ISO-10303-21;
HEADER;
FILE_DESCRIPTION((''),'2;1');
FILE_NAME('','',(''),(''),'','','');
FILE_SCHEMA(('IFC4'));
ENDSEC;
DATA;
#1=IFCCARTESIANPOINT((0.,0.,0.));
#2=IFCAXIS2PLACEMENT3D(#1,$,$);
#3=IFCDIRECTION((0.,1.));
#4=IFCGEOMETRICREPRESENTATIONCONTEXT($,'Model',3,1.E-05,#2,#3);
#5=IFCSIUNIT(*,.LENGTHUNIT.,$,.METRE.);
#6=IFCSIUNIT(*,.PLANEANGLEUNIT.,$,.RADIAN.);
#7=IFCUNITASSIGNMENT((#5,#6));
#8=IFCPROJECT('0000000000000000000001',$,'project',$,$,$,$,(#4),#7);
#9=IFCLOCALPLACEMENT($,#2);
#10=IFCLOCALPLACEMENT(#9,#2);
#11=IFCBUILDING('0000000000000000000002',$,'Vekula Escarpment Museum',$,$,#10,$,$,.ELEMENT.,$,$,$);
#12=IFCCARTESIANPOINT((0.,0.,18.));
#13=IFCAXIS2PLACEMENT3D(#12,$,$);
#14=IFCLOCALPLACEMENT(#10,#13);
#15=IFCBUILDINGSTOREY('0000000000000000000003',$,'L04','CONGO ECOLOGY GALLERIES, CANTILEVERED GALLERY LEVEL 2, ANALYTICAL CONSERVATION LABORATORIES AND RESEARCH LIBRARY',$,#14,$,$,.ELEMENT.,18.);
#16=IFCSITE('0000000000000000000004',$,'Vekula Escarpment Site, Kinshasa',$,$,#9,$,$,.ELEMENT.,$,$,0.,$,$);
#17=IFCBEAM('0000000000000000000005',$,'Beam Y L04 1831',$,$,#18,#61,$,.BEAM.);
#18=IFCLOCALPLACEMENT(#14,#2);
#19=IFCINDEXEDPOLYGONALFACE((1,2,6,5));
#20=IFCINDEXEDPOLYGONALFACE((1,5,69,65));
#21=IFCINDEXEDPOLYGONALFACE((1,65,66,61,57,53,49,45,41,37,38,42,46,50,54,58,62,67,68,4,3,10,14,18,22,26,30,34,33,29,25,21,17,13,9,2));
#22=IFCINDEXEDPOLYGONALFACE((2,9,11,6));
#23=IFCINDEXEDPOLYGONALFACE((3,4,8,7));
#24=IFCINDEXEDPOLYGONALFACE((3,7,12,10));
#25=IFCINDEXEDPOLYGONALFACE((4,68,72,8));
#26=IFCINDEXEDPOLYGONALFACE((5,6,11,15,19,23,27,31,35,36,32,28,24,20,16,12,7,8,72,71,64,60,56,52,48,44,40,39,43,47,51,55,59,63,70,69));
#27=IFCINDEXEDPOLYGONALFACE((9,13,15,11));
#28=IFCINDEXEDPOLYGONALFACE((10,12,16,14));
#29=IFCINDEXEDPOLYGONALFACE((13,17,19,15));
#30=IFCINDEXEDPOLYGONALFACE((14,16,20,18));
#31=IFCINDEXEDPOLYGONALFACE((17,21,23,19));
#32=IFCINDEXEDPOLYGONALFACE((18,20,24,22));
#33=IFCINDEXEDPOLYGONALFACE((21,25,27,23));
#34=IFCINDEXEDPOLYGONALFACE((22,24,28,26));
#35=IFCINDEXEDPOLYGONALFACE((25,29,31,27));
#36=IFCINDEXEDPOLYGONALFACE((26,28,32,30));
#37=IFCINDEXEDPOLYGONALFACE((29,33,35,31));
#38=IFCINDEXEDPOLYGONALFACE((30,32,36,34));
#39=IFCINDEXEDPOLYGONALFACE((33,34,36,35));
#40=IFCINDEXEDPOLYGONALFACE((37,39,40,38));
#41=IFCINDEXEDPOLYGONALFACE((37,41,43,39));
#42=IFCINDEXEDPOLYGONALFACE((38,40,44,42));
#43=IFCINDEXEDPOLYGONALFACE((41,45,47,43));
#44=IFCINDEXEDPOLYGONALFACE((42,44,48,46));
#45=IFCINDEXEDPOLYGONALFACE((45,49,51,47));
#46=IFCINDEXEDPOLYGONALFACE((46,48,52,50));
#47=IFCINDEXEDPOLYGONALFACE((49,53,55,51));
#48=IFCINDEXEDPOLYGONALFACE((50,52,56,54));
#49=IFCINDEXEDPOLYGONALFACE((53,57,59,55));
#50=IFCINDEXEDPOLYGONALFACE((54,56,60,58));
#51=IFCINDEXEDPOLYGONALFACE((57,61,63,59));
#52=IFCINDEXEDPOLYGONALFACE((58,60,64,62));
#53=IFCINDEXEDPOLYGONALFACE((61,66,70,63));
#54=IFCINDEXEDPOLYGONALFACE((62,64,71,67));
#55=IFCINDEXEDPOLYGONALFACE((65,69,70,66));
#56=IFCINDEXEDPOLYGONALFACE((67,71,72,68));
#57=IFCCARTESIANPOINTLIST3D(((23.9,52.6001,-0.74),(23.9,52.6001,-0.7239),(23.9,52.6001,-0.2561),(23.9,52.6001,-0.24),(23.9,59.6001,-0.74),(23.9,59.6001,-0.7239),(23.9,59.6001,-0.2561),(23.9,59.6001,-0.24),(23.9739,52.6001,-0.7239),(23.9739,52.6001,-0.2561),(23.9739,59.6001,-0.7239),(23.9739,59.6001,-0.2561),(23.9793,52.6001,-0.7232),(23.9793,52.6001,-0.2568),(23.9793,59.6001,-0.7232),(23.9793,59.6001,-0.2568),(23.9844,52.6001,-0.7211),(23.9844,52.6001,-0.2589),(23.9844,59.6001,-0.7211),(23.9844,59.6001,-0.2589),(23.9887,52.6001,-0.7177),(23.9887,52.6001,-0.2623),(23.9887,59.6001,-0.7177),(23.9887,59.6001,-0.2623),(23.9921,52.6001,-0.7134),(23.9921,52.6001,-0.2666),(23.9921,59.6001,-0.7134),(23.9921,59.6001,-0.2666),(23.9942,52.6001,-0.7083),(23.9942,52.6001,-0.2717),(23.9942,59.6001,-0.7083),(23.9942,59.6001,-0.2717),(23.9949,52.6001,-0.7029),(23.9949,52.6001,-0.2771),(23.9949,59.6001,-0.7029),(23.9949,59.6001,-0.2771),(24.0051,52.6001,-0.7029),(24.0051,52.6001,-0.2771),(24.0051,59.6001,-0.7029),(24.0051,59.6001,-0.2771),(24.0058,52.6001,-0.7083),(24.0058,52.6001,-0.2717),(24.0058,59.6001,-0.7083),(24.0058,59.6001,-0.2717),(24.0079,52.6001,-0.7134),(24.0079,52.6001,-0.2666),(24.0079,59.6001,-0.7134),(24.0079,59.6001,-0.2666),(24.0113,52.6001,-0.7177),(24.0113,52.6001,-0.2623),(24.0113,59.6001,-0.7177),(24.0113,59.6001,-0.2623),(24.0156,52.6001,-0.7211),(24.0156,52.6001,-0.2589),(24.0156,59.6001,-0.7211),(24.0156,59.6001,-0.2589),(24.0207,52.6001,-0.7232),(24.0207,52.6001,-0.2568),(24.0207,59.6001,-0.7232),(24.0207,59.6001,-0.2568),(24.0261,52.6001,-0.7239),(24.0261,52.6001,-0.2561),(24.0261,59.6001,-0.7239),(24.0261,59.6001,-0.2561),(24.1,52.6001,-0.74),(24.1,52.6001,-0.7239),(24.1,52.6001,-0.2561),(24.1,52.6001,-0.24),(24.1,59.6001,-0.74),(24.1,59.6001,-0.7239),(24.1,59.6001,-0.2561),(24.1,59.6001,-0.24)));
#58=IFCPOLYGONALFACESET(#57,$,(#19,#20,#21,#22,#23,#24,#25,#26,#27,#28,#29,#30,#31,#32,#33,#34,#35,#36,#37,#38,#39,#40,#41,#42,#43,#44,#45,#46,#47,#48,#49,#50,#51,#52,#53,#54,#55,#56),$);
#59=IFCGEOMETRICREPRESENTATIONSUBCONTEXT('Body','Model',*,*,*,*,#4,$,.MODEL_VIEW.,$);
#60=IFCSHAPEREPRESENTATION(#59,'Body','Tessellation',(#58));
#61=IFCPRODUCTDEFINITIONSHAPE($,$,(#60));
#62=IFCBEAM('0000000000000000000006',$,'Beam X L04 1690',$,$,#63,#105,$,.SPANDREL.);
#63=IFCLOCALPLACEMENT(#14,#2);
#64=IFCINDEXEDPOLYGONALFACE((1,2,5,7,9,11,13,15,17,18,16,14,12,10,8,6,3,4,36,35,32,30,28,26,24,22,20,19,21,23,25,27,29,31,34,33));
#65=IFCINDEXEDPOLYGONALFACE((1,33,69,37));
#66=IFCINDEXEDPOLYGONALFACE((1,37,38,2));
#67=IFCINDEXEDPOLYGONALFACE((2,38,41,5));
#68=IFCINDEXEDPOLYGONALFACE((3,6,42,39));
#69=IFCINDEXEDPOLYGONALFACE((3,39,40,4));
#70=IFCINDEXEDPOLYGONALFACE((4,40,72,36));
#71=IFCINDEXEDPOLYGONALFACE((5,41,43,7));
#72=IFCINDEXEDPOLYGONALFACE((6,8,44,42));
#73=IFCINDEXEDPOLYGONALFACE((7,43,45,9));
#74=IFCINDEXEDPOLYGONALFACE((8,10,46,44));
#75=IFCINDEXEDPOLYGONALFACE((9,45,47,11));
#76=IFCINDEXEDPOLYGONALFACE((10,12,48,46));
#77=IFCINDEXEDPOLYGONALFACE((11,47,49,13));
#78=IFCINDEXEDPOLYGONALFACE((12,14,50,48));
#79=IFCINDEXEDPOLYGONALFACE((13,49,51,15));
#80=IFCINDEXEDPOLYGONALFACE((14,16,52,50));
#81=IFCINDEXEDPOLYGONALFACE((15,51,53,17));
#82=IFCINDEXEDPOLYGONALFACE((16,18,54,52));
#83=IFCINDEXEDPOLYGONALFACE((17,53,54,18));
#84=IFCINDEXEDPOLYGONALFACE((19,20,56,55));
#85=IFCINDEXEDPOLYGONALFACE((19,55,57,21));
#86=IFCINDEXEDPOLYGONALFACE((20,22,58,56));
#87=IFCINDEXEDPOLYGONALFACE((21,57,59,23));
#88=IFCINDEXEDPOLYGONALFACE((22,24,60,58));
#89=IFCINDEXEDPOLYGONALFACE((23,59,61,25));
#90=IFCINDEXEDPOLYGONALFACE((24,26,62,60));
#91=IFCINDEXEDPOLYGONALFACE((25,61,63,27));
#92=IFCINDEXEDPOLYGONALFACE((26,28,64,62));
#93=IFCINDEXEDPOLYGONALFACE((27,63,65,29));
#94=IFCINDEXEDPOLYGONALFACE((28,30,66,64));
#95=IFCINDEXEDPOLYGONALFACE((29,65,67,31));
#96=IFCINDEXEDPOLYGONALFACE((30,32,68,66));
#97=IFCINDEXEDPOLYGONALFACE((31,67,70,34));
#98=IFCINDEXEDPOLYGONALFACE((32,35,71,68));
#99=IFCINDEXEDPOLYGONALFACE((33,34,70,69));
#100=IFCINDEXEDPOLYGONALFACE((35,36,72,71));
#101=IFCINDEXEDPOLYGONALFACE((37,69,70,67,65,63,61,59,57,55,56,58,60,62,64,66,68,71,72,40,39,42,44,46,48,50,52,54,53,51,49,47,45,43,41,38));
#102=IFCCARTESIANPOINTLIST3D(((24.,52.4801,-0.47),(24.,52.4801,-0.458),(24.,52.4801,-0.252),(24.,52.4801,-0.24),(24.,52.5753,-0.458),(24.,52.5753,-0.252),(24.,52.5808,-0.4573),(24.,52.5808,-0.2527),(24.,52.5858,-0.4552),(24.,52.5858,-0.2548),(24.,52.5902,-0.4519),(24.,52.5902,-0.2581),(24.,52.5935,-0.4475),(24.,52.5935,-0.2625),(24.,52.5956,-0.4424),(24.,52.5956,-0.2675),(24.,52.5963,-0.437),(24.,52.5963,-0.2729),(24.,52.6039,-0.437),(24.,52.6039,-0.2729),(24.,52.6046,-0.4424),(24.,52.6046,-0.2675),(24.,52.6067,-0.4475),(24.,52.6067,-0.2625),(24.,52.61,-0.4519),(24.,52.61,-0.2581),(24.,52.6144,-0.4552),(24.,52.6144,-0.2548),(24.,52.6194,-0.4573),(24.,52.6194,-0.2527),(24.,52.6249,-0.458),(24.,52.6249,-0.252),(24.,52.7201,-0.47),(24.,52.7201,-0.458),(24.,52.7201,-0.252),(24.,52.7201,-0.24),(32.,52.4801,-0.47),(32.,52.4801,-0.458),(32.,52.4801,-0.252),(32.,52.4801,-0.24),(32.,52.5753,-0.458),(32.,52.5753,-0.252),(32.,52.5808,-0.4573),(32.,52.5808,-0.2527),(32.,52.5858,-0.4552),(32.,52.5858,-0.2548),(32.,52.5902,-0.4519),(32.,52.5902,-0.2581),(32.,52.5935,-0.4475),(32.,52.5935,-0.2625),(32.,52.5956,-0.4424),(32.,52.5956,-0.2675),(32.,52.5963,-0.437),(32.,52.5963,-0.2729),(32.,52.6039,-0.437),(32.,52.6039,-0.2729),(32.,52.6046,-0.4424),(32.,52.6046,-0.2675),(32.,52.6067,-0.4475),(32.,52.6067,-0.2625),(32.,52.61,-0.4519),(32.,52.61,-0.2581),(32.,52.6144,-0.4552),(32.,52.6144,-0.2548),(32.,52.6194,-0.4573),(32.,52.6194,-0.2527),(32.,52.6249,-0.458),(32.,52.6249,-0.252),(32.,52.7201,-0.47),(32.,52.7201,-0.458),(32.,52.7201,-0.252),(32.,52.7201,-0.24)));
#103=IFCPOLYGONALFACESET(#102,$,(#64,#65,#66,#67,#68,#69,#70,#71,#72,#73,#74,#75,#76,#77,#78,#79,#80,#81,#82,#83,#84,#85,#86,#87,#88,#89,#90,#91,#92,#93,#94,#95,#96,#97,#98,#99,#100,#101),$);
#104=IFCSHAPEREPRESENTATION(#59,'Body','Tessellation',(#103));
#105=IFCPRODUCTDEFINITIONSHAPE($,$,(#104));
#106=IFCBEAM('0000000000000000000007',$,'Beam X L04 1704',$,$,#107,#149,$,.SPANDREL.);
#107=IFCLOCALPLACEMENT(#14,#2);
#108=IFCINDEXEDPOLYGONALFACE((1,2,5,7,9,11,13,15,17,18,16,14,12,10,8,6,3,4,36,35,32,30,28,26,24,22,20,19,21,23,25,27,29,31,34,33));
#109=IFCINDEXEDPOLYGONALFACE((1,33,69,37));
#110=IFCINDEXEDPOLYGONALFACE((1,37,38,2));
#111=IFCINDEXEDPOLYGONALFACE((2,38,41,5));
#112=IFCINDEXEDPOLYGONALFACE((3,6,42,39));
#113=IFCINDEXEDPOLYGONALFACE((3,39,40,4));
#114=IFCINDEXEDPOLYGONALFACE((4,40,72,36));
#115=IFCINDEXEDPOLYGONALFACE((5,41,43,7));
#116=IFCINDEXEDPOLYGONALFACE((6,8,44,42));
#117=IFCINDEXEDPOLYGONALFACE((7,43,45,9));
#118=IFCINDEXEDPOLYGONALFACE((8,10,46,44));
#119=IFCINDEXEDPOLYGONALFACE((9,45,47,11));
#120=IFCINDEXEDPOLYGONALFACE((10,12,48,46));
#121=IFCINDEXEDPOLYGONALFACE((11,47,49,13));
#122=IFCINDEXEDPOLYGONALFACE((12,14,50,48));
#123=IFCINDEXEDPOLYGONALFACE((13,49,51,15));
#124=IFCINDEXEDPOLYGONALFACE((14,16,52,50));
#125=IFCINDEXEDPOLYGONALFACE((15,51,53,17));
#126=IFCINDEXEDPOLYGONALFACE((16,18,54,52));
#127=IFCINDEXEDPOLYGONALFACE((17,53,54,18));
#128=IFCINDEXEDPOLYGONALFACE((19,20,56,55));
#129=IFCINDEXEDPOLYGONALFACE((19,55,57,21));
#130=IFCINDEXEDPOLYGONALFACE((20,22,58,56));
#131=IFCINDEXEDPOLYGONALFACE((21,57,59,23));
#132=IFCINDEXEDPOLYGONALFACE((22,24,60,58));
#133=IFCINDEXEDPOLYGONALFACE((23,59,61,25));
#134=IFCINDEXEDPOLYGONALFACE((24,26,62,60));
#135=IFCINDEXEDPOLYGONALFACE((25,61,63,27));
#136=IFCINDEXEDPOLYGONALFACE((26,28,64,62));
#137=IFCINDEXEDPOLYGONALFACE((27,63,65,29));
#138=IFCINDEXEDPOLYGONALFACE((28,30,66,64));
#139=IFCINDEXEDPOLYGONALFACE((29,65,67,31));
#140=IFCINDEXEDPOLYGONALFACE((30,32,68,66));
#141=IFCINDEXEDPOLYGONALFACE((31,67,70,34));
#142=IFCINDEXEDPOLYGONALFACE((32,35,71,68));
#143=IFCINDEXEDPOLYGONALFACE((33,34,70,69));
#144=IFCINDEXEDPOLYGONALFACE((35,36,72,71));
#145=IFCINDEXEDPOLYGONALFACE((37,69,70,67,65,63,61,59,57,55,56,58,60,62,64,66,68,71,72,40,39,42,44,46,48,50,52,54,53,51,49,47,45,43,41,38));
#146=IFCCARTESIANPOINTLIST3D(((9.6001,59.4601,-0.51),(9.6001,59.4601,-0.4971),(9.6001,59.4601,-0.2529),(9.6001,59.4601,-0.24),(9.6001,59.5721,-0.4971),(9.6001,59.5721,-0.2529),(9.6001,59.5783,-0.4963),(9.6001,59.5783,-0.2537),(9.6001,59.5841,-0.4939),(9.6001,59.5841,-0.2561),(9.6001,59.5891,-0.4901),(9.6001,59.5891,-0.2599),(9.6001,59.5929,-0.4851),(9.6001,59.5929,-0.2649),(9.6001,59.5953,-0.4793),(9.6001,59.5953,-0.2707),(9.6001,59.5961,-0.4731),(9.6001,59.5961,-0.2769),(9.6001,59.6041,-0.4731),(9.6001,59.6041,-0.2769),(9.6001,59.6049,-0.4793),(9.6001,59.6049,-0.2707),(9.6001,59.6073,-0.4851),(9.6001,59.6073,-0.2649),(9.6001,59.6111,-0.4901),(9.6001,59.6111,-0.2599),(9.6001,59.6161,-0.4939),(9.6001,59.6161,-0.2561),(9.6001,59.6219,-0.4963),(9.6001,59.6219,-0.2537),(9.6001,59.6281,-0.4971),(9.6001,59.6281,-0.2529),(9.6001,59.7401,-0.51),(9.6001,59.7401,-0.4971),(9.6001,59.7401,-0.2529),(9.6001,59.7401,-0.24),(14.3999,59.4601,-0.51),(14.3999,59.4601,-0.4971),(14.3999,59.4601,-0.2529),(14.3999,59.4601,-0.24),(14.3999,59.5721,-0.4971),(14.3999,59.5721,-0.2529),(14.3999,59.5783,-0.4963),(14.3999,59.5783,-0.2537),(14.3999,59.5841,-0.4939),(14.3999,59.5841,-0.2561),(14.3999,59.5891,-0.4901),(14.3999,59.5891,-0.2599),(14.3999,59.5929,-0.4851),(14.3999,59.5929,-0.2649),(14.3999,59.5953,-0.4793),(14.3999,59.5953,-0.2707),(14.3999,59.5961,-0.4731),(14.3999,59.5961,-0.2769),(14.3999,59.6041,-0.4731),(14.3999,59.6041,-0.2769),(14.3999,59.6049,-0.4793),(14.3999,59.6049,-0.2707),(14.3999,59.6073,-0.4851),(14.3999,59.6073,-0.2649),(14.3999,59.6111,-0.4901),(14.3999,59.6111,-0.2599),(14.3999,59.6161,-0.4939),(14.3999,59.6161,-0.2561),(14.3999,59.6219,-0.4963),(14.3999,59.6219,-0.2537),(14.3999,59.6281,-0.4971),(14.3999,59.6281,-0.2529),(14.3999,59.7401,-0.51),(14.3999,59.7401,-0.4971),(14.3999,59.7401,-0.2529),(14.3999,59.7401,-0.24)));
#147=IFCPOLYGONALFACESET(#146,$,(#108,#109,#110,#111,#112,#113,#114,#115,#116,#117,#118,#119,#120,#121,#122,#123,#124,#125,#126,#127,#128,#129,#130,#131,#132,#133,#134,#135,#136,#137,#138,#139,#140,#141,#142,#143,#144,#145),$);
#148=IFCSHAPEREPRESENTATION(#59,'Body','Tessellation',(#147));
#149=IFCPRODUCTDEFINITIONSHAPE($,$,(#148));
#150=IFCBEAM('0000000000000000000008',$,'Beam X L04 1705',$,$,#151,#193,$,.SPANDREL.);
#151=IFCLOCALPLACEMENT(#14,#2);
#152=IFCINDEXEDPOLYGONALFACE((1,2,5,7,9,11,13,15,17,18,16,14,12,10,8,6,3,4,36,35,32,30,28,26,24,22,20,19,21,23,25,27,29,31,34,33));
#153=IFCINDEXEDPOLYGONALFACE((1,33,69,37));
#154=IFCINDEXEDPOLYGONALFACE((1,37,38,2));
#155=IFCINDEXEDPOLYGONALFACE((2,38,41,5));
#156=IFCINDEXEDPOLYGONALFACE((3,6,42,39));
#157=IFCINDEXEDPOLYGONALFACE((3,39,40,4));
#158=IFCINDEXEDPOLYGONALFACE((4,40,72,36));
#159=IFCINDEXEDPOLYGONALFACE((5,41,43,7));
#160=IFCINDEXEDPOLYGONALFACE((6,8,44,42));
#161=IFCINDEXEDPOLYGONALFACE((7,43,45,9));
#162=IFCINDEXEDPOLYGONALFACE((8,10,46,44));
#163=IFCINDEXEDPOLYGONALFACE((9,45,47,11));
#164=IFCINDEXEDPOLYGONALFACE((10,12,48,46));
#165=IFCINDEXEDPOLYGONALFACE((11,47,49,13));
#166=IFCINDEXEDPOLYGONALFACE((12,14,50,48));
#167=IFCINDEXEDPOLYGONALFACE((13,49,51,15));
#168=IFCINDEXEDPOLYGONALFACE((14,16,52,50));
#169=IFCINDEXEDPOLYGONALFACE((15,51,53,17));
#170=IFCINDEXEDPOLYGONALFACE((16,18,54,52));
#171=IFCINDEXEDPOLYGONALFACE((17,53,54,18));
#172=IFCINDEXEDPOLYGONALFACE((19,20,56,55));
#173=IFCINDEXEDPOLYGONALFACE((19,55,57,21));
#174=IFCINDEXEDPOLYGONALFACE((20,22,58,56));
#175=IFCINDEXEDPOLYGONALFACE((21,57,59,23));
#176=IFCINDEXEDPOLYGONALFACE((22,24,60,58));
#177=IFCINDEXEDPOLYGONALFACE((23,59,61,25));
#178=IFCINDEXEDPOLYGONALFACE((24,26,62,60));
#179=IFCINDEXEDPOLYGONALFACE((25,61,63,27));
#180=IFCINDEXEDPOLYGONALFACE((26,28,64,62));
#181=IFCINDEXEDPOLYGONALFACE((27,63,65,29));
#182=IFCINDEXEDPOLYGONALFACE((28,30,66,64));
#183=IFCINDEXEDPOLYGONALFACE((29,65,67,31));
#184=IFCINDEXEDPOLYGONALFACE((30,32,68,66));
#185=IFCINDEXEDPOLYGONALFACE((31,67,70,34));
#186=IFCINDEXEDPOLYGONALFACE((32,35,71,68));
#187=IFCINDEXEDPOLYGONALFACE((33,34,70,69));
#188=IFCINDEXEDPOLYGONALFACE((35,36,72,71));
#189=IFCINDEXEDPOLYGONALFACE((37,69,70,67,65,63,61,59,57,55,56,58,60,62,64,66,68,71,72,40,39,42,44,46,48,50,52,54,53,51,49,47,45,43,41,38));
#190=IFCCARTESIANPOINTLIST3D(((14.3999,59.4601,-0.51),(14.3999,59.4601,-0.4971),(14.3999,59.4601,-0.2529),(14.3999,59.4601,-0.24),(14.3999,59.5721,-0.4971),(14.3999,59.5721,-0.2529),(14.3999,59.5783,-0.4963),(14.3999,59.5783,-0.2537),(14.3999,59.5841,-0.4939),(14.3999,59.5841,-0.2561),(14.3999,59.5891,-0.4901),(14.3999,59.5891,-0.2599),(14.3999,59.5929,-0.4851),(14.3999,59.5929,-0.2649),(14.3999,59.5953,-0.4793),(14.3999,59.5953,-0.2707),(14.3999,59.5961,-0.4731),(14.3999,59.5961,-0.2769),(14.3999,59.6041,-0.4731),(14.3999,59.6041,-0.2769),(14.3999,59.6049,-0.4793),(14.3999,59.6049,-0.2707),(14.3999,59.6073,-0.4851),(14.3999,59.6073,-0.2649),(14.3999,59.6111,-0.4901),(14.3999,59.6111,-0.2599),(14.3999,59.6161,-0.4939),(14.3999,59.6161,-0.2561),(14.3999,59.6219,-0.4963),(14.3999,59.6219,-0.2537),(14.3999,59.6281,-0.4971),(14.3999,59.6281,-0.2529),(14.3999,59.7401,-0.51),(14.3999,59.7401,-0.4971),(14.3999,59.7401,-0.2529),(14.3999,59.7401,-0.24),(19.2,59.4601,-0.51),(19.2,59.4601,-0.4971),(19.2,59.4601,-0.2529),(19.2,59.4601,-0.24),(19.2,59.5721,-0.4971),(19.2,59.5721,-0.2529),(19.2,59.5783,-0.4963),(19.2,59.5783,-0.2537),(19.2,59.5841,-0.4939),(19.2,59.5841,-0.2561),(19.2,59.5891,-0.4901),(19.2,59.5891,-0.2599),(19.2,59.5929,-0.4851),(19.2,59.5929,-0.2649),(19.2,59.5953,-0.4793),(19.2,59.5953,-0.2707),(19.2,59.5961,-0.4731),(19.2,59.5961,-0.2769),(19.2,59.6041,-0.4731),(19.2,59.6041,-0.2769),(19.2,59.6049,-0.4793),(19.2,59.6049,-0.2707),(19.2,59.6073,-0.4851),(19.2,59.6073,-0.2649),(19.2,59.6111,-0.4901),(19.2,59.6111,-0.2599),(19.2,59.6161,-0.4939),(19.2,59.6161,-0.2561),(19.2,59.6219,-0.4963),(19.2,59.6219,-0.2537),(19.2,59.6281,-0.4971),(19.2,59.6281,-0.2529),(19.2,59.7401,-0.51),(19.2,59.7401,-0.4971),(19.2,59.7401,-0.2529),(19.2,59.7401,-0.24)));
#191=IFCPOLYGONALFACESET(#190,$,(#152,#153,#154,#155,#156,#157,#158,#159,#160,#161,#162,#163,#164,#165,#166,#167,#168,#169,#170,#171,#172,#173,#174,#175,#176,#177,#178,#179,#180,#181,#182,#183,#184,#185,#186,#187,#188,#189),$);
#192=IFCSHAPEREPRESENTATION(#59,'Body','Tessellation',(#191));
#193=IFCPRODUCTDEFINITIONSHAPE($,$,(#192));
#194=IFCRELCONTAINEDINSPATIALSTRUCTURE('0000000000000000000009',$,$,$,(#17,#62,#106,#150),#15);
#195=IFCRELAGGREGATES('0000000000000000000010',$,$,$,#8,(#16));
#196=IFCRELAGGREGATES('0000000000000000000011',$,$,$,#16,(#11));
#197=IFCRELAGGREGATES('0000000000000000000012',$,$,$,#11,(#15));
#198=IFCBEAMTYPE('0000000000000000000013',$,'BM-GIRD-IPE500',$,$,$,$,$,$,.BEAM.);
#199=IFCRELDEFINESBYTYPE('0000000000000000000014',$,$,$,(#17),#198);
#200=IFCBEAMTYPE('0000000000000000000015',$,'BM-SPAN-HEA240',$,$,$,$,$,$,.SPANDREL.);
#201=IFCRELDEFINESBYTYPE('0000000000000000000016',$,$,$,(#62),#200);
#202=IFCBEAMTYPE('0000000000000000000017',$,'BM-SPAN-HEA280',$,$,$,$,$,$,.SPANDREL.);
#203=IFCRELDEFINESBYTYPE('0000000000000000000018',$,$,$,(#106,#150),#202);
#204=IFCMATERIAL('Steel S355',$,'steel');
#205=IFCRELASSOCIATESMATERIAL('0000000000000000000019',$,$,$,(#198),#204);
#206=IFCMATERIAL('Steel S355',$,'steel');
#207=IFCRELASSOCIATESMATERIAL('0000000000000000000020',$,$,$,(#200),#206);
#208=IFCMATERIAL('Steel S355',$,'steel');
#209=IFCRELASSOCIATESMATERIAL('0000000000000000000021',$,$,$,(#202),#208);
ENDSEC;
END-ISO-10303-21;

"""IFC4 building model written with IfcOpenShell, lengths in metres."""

from ifc_helpers import new_model, si_unit, direction, frame, origin, origin_2d, place, context, subcontext, project, spatial, i_section, extrude, material, material_profile, profile_set, type_object, element, save


model = new_model("IFC4")

# Units and contexts
model_context = context("Model", 3, precision=1e-05, world=origin(), true_north=direction((0.0, 1.0)))
body_context = subcontext(model_context, "Body", "Model", "MODEL_VIEW")
ifc_project = project(units=[si_unit("LENGTHUNIT", "METRE"), si_unit("PLANEANGLEUNIT", "RADIAN")], contexts=[model_context])

# Site, building, storey
site_placement = place(None, origin())
site = spatial("IfcSite", under=ifc_project, at=site_placement, Name="Vekula Escarpment Site, Kinshasa", CompositionType="ELEMENT", RefElevation=0.0)
building_placement = place(site_placement, origin())
building = spatial("IfcBuilding", under=site, at=building_placement, Name="Vekula Escarpment Museum", CompositionType="ELEMENT")
storey_placement = place(building_placement, frame((0.0, 0.0, 18.0)))
storey = spatial("IfcBuildingStorey", under=building, at=storey_placement, Name="L04", Description="CONGO ECOLOGY GALLERIES, CANTILEVERED GALLERY LEVEL 2, ANALYTICAL CONSERVATION LABORATORIES AND RESEARCH LIBRARY", CompositionType="ELEMENT", Elevation=18.0)

# Beams
ifc_material_1 = material(Name="Steel S355", Category="steel")
ifc_material_profile_1 = material_profile(ifc_material_1, i_section(OverallWidth=0.2, OverallDepth=0.5, WebThickness=0.0103, FlangeThickness=0.0161, FilletRadius=0.021, at=origin_2d()), Name="IPE 500")
ifc_profile_set_1 = profile_set([ifc_material_profile_1], Name="Steel S355")
beam_type_1 = type_object("IfcBeamType", Name="BM-GIRD-IPE500", PredefinedType="BEAM", material=ifc_profile_set_1)
beam_1_placement = place(storey_placement, frame((24.0, 52.6001, -0.49), z_axis=(0.0, 1.0, 0.0), x_axis=(-1.0, 0.0, 0.0)))
element("IfcBeam", 1, at=beam_1_placement, inside=storey, type_object=beam_type_1, Name="Beam Y L04 1831", PredefinedType="BEAM", context=body_context, shape_type="SweptSolid", body=[
    extrude(i_section(OverallWidth=0.2, OverallDepth=0.5, WebThickness=0.0103, FlangeThickness=0.0161, FilletRadius=0.021, at=origin_2d()), origin(), (0.0, 0.0, 1.0), 7.0),
])
ifc_material_2 = material(Name="Steel S355", Category="steel")
ifc_material_profile_2 = material_profile(ifc_material_2, i_section(OverallWidth=0.24, OverallDepth=0.23, WebThickness=0.0076, FlangeThickness=0.012, FilletRadius=0.021, at=origin_2d()), Name="HEA 240")
ifc_profile_set_2 = profile_set([ifc_material_profile_2], Name="Steel S355")
beam_type_2 = type_object("IfcBeamType", Name="BM-SPAN-HEA240", PredefinedType="SPANDREL", material=ifc_profile_set_2)
beam_2_placement = place(storey_placement, frame((24.0, 52.6001, -0.355), z_axis=(1.0, 0.0, 0.0), x_axis=(0.0, 1.0, 0.0)))
element("IfcBeam", 2, at=beam_2_placement, inside=storey, type_object=beam_type_2, Name="Beam X L04 1690", PredefinedType="SPANDREL", context=body_context, shape_type="SweptSolid", body=[
    extrude(i_section(OverallWidth=0.24, OverallDepth=0.23, WebThickness=0.0076, FlangeThickness=0.012, FilletRadius=0.021, at=origin_2d()), origin(), (0.0, 0.0, 1.0), 8.0),
])
ifc_material_3 = material(Name="Steel S355", Category="steel")
ifc_material_profile_3 = material_profile(ifc_material_3, i_section(OverallWidth=0.28, OverallDepth=0.27, WebThickness=0.0081, FlangeThickness=0.0129, FilletRadius=0.0239, at=origin_2d()), Name="HEA 280")
ifc_profile_set_3 = profile_set([ifc_material_profile_3], Name="Steel S355")
beam_type_3 = type_object("IfcBeamType", Name="BM-SPAN-HEA280", PredefinedType="SPANDREL", material=ifc_profile_set_3)
beam_3_placement = place(storey_placement, frame((9.6001, 59.6001, -0.375), z_axis=(1.0, 0.0, 0.0), x_axis=(0.0, 1.0, 0.0)))
element("IfcBeam", 3, at=beam_3_placement, inside=storey, type_object=beam_type_3, Name="Beam X L04 1704", PredefinedType="SPANDREL", context=body_context, shape_type="SweptSolid", body=[
    extrude(i_section(OverallWidth=0.28, OverallDepth=0.27, WebThickness=0.0081, FlangeThickness=0.0129, FilletRadius=0.0239, at=origin_2d()), origin(), (0.0, 0.0, 1.0), 4.7998),
])
for number, where, z_axis, x_axis, name in (
    (4, (14.3999, 59.6001, -0.375), (1.0, 0.0, 0.0), (0.0, 1.0, 0.0), "Beam X L04 1705"),
):
    element("IfcBeam", number, at=place(storey_placement, frame(where, z_axis=z_axis, x_axis=x_axis)), inside=storey, type_object=beam_type_3, Name=name, PredefinedType="SPANDREL", context=body_context, shape_type="SweptSolid", body=[
        extrude(i_section(OverallWidth=0.28, OverallDepth=0.27, WebThickness=0.0081, FlangeThickness=0.0129, FilletRadius=0.0239, at=origin_2d()), origin(), (0.0, 0.0, 1.0), 4.8),
    ])

save(model, "model.ifc")
